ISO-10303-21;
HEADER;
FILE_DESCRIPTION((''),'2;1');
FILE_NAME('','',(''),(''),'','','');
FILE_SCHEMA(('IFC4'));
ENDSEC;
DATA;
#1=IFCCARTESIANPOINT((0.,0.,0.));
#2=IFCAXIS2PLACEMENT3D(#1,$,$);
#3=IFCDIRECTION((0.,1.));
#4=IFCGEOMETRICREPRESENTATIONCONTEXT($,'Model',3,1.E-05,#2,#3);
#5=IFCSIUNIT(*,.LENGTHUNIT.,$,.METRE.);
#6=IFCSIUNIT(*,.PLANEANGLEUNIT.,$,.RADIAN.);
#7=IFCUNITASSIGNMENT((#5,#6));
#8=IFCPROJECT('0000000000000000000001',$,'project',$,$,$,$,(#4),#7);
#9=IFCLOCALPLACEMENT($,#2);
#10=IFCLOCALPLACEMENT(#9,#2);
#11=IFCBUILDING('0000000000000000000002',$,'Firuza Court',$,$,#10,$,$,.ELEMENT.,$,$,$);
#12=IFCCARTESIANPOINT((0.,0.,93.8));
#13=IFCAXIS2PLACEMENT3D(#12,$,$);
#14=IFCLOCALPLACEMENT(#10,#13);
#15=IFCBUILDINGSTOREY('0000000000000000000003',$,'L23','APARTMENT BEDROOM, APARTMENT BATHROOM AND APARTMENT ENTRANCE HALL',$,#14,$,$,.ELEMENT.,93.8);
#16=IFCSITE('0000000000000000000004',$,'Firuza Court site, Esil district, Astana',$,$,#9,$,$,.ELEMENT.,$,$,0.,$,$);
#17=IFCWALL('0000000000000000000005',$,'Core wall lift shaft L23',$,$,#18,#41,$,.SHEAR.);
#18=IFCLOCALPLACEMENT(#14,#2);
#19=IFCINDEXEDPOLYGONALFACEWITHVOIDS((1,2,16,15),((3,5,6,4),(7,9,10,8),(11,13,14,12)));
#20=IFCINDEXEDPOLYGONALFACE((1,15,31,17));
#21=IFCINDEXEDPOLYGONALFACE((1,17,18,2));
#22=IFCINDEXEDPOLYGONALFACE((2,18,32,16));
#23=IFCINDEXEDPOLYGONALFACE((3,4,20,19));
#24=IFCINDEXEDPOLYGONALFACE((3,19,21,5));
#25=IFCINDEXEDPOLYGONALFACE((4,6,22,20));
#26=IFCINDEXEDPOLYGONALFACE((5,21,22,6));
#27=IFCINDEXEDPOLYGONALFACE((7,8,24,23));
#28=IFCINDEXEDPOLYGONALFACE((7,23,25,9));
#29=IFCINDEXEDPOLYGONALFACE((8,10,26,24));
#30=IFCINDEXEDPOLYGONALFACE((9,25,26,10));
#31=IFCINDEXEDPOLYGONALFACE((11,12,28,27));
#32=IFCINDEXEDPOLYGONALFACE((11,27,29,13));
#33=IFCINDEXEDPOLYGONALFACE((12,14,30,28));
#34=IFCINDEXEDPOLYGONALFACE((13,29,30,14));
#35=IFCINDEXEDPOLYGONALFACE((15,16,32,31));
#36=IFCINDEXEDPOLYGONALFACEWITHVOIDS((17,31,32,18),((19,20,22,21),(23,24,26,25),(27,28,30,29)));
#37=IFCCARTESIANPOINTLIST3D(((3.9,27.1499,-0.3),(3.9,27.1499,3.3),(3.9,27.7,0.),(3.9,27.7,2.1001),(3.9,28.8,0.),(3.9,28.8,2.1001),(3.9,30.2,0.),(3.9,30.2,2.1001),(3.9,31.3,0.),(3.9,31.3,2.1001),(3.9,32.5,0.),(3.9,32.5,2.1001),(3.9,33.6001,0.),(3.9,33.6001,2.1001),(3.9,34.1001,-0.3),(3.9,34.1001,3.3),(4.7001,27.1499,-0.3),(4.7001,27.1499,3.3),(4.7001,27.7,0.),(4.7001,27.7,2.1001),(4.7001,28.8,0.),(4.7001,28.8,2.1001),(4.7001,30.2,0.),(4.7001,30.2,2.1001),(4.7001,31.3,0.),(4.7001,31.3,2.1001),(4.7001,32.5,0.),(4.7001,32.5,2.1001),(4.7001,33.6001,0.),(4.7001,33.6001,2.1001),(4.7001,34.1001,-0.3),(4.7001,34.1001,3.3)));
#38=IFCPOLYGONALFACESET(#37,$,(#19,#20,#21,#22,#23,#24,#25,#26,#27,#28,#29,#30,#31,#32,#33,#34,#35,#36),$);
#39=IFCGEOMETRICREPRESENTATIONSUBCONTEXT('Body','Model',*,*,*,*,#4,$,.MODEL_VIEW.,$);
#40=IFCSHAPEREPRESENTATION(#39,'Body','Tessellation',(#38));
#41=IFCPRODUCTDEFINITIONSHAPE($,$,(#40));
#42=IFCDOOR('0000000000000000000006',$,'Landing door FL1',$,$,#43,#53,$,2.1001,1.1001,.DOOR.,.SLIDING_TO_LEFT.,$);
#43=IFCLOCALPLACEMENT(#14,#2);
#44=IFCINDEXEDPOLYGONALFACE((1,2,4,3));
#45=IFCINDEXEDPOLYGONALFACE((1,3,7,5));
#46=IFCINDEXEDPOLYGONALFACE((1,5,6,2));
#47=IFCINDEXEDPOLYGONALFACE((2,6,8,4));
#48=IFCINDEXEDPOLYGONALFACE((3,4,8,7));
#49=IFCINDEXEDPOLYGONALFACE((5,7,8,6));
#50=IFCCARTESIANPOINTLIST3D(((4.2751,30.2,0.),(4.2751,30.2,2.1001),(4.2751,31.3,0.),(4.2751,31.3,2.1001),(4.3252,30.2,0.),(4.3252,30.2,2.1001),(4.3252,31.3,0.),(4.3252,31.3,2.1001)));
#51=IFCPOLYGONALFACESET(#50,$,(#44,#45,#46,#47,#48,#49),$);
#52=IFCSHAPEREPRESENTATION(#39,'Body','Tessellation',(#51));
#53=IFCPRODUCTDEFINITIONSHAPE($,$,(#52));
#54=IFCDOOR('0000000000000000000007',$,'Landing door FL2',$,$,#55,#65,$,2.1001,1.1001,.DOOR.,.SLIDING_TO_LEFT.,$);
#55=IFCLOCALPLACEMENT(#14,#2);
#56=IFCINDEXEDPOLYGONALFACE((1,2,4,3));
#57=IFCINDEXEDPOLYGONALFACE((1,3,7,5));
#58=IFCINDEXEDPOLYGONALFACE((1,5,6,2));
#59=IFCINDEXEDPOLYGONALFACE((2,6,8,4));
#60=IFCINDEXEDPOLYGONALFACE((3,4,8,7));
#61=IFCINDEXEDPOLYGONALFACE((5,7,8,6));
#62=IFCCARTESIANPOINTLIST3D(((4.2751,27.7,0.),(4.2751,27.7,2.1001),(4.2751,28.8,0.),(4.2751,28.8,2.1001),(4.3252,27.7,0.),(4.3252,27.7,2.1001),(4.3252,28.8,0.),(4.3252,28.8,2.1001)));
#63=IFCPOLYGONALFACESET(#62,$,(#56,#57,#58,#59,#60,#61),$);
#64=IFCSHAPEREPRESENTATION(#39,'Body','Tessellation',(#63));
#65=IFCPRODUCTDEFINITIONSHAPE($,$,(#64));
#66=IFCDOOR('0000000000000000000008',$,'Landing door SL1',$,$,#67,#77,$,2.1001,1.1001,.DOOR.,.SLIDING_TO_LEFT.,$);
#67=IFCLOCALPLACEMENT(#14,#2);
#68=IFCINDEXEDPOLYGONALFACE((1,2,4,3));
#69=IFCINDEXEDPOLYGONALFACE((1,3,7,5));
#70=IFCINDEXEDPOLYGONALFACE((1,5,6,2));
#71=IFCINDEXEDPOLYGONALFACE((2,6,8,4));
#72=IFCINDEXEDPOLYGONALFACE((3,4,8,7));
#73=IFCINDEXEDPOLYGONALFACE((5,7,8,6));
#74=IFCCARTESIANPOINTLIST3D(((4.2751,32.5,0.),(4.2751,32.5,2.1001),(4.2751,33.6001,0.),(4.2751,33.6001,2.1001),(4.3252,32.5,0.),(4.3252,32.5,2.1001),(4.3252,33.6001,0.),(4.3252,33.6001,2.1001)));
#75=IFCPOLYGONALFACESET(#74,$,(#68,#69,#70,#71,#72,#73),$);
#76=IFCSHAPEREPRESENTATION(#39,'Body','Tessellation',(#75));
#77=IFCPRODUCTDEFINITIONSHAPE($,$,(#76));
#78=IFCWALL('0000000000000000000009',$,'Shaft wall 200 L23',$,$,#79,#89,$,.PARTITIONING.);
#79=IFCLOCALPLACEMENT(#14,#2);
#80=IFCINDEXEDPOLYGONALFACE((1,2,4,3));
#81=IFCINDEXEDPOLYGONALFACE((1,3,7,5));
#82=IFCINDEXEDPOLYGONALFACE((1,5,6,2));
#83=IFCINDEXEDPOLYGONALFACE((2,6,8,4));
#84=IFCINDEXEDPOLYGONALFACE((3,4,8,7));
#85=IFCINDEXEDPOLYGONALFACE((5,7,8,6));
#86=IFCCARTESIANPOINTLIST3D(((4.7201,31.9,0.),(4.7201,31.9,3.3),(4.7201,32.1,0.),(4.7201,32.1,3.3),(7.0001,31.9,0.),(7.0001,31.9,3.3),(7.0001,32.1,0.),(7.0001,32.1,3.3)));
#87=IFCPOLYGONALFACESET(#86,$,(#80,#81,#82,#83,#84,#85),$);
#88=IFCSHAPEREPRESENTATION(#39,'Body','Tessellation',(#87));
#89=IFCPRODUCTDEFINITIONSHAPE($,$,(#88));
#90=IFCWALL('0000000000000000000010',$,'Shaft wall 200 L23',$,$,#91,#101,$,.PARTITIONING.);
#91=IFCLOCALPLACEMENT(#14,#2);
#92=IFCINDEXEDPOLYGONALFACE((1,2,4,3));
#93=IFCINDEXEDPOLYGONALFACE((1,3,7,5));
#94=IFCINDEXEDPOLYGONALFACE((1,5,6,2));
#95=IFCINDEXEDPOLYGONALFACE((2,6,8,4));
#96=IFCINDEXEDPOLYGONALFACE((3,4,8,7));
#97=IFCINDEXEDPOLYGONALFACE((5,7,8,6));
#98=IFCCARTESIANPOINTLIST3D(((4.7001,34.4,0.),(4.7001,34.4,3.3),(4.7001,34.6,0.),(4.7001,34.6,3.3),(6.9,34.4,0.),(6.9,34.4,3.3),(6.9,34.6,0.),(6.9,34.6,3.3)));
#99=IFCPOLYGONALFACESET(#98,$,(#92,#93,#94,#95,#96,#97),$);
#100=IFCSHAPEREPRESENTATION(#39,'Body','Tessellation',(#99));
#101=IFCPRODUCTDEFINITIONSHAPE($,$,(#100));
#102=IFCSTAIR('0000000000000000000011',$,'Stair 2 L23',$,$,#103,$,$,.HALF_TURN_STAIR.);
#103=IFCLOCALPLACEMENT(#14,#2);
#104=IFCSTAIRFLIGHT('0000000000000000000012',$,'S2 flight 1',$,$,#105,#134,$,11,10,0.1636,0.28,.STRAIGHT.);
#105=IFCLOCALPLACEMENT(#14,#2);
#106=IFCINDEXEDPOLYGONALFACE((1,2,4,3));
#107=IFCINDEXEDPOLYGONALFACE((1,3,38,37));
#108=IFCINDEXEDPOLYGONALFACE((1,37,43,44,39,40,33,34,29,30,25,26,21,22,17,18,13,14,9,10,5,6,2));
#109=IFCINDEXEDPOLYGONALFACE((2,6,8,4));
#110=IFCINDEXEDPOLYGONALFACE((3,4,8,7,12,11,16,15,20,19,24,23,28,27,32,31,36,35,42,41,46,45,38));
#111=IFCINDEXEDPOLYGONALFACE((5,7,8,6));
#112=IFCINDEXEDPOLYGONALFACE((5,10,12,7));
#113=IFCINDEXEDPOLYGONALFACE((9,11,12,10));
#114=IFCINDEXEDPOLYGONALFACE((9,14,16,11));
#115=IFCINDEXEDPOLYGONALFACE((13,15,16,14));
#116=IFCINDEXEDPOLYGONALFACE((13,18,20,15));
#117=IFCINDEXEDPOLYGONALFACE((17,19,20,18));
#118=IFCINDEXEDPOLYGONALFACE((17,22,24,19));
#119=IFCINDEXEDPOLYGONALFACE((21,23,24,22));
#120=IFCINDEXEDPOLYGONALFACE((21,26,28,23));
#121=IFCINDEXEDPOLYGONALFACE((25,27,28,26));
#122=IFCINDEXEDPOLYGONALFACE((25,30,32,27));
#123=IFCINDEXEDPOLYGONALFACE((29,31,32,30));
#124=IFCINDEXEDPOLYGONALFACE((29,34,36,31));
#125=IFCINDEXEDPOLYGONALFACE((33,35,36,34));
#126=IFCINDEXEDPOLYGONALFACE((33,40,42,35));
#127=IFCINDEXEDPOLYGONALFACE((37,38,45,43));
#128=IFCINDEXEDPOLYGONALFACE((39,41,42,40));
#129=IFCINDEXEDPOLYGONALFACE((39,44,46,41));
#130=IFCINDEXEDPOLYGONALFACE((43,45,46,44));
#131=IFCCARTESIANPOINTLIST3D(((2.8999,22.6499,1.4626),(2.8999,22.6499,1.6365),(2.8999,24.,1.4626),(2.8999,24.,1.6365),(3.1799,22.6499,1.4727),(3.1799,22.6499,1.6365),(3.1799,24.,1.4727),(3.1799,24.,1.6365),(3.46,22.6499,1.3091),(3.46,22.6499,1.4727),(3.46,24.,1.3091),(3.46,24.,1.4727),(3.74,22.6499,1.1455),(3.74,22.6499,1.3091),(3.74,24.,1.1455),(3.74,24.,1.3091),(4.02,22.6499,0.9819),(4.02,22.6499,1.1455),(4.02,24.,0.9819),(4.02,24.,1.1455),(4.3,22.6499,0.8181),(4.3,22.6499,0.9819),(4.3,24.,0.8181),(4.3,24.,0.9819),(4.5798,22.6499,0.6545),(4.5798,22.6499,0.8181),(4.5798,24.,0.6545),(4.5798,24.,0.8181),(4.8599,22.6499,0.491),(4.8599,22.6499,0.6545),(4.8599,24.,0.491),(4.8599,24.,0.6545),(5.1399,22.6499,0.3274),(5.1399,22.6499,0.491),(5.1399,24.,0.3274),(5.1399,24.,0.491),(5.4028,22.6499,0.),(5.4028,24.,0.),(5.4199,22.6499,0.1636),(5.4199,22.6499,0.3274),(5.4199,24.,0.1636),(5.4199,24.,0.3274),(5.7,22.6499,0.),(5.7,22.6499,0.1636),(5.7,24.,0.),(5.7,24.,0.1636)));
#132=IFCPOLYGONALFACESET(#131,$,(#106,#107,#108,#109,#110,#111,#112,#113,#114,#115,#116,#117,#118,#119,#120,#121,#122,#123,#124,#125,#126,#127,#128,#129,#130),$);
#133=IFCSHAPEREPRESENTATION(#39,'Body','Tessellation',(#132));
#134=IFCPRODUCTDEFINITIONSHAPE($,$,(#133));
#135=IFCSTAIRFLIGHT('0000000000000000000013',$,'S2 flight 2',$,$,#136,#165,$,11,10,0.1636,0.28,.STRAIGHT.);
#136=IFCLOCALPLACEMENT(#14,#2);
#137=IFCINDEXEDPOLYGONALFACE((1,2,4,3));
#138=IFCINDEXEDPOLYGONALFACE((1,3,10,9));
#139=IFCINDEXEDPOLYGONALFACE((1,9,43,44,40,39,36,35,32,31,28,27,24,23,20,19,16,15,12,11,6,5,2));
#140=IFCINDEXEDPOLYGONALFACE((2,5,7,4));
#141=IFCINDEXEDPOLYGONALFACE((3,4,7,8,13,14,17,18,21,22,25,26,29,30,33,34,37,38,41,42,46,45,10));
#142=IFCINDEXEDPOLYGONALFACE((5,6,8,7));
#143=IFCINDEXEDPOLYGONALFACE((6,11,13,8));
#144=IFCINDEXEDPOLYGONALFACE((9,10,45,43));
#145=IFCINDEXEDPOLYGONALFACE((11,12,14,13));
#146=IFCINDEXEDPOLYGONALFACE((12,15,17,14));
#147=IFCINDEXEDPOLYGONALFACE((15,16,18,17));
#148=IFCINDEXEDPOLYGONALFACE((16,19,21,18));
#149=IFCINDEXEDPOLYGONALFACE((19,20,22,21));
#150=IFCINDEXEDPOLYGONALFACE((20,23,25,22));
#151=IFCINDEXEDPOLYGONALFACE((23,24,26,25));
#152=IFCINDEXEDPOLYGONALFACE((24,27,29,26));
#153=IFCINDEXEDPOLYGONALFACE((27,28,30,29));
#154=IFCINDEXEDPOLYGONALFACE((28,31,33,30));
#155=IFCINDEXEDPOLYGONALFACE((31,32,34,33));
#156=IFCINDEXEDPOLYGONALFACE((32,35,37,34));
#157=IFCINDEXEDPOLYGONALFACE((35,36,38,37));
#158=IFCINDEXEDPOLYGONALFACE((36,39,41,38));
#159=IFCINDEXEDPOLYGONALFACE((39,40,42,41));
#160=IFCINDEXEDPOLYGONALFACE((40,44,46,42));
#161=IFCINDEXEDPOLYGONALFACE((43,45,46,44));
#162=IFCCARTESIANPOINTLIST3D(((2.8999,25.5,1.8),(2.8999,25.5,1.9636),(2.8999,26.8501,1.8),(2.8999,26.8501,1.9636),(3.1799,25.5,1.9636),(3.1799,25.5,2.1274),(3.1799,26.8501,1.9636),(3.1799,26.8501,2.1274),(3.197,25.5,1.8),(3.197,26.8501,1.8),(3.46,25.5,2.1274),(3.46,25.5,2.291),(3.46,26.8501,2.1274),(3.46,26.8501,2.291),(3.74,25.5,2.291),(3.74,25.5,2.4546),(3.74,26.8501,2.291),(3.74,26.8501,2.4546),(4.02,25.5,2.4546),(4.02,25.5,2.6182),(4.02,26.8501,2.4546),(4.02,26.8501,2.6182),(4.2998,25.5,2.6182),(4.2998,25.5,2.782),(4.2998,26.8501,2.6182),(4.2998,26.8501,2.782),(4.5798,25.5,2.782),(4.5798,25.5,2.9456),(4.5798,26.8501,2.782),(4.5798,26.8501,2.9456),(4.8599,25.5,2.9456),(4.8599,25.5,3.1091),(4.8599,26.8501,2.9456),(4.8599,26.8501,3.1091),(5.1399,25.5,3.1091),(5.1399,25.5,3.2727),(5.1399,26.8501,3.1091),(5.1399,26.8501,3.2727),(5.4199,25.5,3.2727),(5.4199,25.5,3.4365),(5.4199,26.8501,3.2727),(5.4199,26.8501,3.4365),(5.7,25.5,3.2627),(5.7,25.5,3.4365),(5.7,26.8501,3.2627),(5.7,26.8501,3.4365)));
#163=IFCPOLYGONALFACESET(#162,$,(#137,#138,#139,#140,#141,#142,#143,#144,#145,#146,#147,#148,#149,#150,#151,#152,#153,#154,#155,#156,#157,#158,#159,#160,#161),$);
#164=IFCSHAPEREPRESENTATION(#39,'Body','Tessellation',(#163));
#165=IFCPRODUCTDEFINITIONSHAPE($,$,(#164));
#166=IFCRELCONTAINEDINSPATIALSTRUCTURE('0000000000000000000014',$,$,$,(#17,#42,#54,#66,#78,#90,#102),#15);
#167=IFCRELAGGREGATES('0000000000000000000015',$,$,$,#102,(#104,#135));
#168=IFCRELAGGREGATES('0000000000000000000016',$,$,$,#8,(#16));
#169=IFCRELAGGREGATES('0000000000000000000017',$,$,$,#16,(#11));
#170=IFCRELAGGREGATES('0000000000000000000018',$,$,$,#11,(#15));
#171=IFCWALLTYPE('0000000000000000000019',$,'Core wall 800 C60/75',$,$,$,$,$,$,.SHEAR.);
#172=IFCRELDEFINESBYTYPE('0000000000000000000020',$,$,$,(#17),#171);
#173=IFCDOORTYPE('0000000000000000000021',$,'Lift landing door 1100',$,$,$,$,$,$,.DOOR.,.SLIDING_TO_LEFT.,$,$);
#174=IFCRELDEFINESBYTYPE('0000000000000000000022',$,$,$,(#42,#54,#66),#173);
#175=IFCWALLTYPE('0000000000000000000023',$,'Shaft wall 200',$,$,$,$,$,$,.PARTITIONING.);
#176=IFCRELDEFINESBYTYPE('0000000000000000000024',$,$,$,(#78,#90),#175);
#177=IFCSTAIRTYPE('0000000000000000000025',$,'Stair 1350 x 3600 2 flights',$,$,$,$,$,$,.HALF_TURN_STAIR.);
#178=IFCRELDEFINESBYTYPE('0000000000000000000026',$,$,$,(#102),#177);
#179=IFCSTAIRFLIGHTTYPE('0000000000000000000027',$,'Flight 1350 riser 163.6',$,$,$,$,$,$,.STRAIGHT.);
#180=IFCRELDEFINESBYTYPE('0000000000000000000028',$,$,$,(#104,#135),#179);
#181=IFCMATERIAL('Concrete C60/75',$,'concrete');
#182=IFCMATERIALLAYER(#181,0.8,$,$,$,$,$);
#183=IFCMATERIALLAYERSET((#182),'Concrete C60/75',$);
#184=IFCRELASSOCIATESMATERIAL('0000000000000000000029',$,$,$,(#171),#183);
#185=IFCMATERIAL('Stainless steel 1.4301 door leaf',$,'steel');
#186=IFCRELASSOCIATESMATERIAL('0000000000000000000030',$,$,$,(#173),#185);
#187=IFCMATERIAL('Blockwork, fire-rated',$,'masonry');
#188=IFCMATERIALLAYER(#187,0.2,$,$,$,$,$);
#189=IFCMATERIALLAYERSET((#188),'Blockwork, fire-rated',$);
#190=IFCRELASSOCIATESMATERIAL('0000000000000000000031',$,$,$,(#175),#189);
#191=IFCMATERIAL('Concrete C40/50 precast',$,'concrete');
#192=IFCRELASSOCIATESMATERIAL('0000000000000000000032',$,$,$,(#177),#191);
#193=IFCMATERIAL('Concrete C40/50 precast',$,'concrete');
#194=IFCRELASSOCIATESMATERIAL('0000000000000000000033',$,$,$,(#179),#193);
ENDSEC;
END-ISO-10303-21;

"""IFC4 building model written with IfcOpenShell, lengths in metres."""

from ifc_helpers import new_model, si_unit, direction, frame, frame_2d, origin, place, context, subcontext, project, spatial, polyline, rectangle, outline, extrude, material, layer, layer_set, type_object, element, fill, aggregate, save


model = new_model("IFC4")

# Units and contexts
model_context = context("Model", 3, precision=1e-05, world=origin(), true_north=direction((0.0, 1.0)))
body_context = subcontext(model_context, "Body", "Model", "MODEL_VIEW")
ifc_project = project(units=[si_unit("LENGTHUNIT", "METRE"), si_unit("PLANEANGLEUNIT", "RADIAN")], contexts=[model_context])

# Site, building, storey
site_placement = place(None, origin())
site = spatial("IfcSite", under=ifc_project, at=site_placement, Name="Firuza Court site, Esil district, Astana", CompositionType="ELEMENT", RefElevation=0.0)
building_placement = place(site_placement, origin())
building = spatial("IfcBuilding", under=site, at=building_placement, Name="Firuza Court", CompositionType="ELEMENT")
storey_placement = place(building_placement, frame((0.0, 0.0, 93.8)))
storey = spatial("IfcBuildingStorey", under=building, at=storey_placement, Name="L23", Description="APARTMENT BEDROOM, APARTMENT BATHROOM AND APARTMENT ENTRANCE HALL", CompositionType="ELEMENT", Elevation=93.8)

# Shared definitions
ifc_material_1 = material(Name="Concrete C60/75", Category="concrete")

# Shared definitions
ifc_layer_1 = layer(ifc_material_1, 0.8)
ifc_layer_set_1 = layer_set([ifc_layer_1], Name="Concrete C60/75")
wall_type_1 = type_object("IfcWallType", Name="Core wall 800 C60/75", PredefinedType="SHEAR", material=ifc_layer_set_1)

# Wall, openings, doors
wall_1_placement = place(storey_placement, frame((4.3, 27.1499, -0.3), z_axis=(0.0, 0.0, 1.0), x_axis=(0.0, 1.0, 0.0)))
wall_1 = element("IfcWall", 1, at=wall_1_placement, inside=storey, type_object=wall_type_1, Name="Core wall lift shaft L23", PredefinedType="SHEAR", context=body_context, shape_type="SweptSolid", body=[
    extrude(rectangle(XDim=6.9502, YDim=0.8, at=frame_2d((3.4751, 0.0))), origin(), (0.0, 0.0, 1.0), 3.6001),
])
opening_1_placement = place(wall_1_placement, frame((3.05, 0.0, 0.3)))
opening_1 = element("IfcOpeningElement", 2, at=opening_1_placement, cuts=wall_1, PredefinedType="OPENING", context=body_context, shape_type="SweptSolid", body=[
    extrude(rectangle(XDim=1.1001, YDim=2.1001, at=frame_2d((0.55, 1.05))), frame((0.0, 0.4121, 0.0), z_axis=(0.0, -1.0, 0.0), x_axis=(1.0, 0.0, 0.0)), (0.0, 0.0, 1.0), 0.824),
])
opening_2_placement = place(wall_1_placement, frame((0.55, 0.0, 0.3)))
opening_2 = element("IfcOpeningElement", 3, at=opening_2_placement, cuts=wall_1, PredefinedType="OPENING", context=body_context, shape_type="SweptSolid", body=[
    extrude(rectangle(XDim=1.1001, YDim=2.1001, at=frame_2d((0.55, 1.05))), frame((0.0, 0.4121, 0.0), z_axis=(0.0, -1.0, 0.0), x_axis=(1.0, 0.0, 0.0)), (0.0, 0.0, 1.0), 0.824),
])
opening_3_placement = place(wall_1_placement, frame((5.3501, 0.0, 0.3)))
opening_3 = element("IfcOpeningElement", 4, at=opening_3_placement, cuts=wall_1, PredefinedType="OPENING", context=body_context, shape_type="SweptSolid", body=[
    extrude(rectangle(XDim=1.1001, YDim=2.1001, at=frame_2d((0.55, 1.05))), frame((0.0, 0.4121, 0.0), z_axis=(0.0, -1.0, 0.0), x_axis=(1.0, 0.0, 0.0)), (0.0, 0.0, 1.0), 0.824),
])
ifc_material_2 = material(Name="Stainless steel 1.4301 door leaf", Category="steel")
door_type_1 = type_object("IfcDoorType", Name="Lift landing door 1100", OperationType="SLIDING_TO_LEFT", PredefinedType="DOOR", material=ifc_material_2)
door_1_placement = place(opening_1_placement, origin())
door_1 = element("IfcDoor", 5, at=door_1_placement, inside=storey, type_object=door_type_1, Name="Landing door FL1", OperationType="SLIDING_TO_LEFT", OverallHeight=2.1001, OverallWidth=1.1001, PredefinedType="DOOR", context=body_context, shape_type="SweptSolid", body=[
    extrude(rectangle(XDim=1.1001, YDim=2.1001, at=frame_2d((0.55, 1.05))), frame((0.0, 0.0249, 0.0), z_axis=(0.0, -1.0, 0.0), x_axis=(1.0, 0.0, 0.0)), (0.0, 0.0, 1.0), 0.05),
])
fill(opening_1, door_1)
door_2_placement = place(opening_2_placement, origin())
door_2 = element("IfcDoor", 6, at=door_2_placement, inside=storey, type_object=door_type_1, Name="Landing door FL2", OperationType="SLIDING_TO_LEFT", OverallHeight=2.1001, OverallWidth=1.1001, PredefinedType="DOOR", context=body_context, shape_type="SweptSolid", body=[
    extrude(rectangle(XDim=1.1001, YDim=2.1001, at=frame_2d((0.55, 1.05))), frame((0.0, 0.0249, 0.0), z_axis=(0.0, -1.0, 0.0), x_axis=(1.0, 0.0, 0.0)), (0.0, 0.0, 1.0), 0.05),
])
fill(opening_2, door_2)
door_3_placement = place(opening_3_placement, origin())
door_3 = element("IfcDoor", 7, at=door_3_placement, inside=storey, type_object=door_type_1, Name="Landing door SL1", OperationType="SLIDING_TO_LEFT", OverallHeight=2.1001, OverallWidth=1.1001, PredefinedType="DOOR", context=body_context, shape_type="SweptSolid", body=[
    extrude(rectangle(XDim=1.1001, YDim=2.1001, at=frame_2d((0.55, 1.05))), frame((0.0, 0.0249, 0.0), z_axis=(0.0, -1.0, 0.0), x_axis=(1.0, 0.0, 0.0)), (0.0, 0.0, 1.0), 0.05),
])
fill(opening_3, door_3)

# Walls
ifc_material_3 = material(Name="Blockwork, fire-rated", Category="masonry")
ifc_layer_2 = layer(ifc_material_3, 0.2)
ifc_layer_set_2 = layer_set([ifc_layer_2], Name="Blockwork, fire-rated")
wall_type_2 = type_object("IfcWallType", Name="Shaft wall 200", PredefinedType="PARTITIONING", material=ifc_layer_set_2)
wall_2_placement = place(storey_placement, frame((4.72, 32.0, 0.0), z_axis=(0.0, 0.0, 1.0), x_axis=(1.0, 0.0, 0.0)))
element("IfcWall", 8, at=wall_2_placement, inside=storey, type_object=wall_type_2, Name="Shaft wall 200 L23", PredefinedType="PARTITIONING", context=body_context, shape_type="SweptSolid", body=[
    extrude(rectangle(XDim=2.28, YDim=0.2, at=frame_2d((1.1401, 0.0))), origin(), (0.0, 0.0, 1.0), 3.3),
])
wall_3_placement = place(storey_placement, frame((4.7, 34.5, 0.0), z_axis=(0.0, 0.0, 1.0), x_axis=(1.0, 0.0, 0.0)))
element("IfcWall", 9, at=wall_3_placement, inside=storey, type_object=wall_type_2, Name="Shaft wall 200 L23", PredefinedType="PARTITIONING", context=body_context, shape_type="SweptSolid", body=[
    extrude(rectangle(XDim=2.2, YDim=0.2, at=frame_2d((1.1001, 0.0))), origin(), (0.0, 0.0, 1.0), 3.3),
])

# Stair, stair flights
ifc_material_4 = material(Name="Concrete C40/50 precast", Category="concrete")
stair_type = type_object("IfcStairType", Name="Stair 1350 x 3600 2 flights", PredefinedType="HALF_TURN_STAIR", material=ifc_material_4)
stair_placement = place(storey_placement, origin())
stair = element("IfcStair", 10, at=stair_placement, inside=storey, type_object=stair_type, Name="Stair 2 L23", PredefinedType="HALF_TURN_STAIR")
ifc_material_5 = material(Name="Concrete C40/50 precast", Category="concrete")
stair_flight_type = type_object("IfcStairFlightType", Name="Flight 1350 riser 163.6", PredefinedType="STRAIGHT", material=ifc_material_5)
stair_flight_1_placement = place(storey_placement, frame((5.7, 23.325, 0.0), z_axis=(0.0, 0.0, 1.0), x_axis=(-1.0, 0.0, 0.0)))
stair_flight_1 = element("IfcStairFlight", 11, at=stair_flight_1_placement, type_object=stair_flight_type, Name="S2 flight 1", NumberOfRisers=11, NumberOfTreads=10, PredefinedType="STRAIGHT", RiserHeight=0.1636, TreadLength=0.28, context=body_context, shape_type="SweptSolid", body=[
    extrude(outline(polyline([(0.0, 0.0), (0.0, 0.1636), (0.28, 0.1636), (0.28, 0.3274), (0.5601, 0.3274), (0.5601, 0.491), (0.8401, 0.491), (0.8401, 0.6545), (1.1201, 0.6545), (1.1201, 0.8181), (1.3999, 0.8181), (1.3999, 0.9819), (1.6799, 0.9819), (1.6799, 1.1455), (1.96, 1.1455), (1.96, 1.3091), (2.24, 1.3091), (2.24, 1.4727), (2.52, 1.4727), (2.52, 1.6365), (2.8, 1.6365), (2.8, 1.8), (2.8, 1.4626), (0.2971, 0.0), (0.0, 0.0)])), frame((0.0, 0.675, 0.0), z_axis=(0.0, -1.0, 0.0), x_axis=(1.0, 0.0, 0.0)), (0.0, 0.0, 1.0), 1.3501),
])
stair_flight_2_placement = place(storey_placement, frame((2.8999, 26.175, 1.8), z_axis=(0.0, 0.0, 1.0), x_axis=(1.0, 0.0, 0.0)))
stair_flight_2 = element("IfcStairFlight", 12, at=stair_flight_2_placement, type_object=stair_flight_type, Name="S2 flight 2", NumberOfRisers=11, NumberOfTreads=10, PredefinedType="STRAIGHT", RiserHeight=0.1636, TreadLength=0.28, context=body_context, shape_type="SweptSolid", body=[
    extrude(outline(polyline([(0.0, 0.0), (0.0, 0.1636), (0.28, 0.1636), (0.28, 0.3274), (0.5601, 0.3274), (0.5601, 0.491), (0.8401, 0.491), (0.8401, 0.6545), (1.1201, 0.6545), (1.1201, 0.8181), (1.3999, 0.8181), (1.3999, 0.9819), (1.6799, 0.9819), (1.6799, 1.1455), (1.96, 1.1455), (1.96, 1.3091), (2.24, 1.3091), (2.24, 1.4727), (2.52, 1.4727), (2.52, 1.6365), (2.8, 1.6365), (2.8, 1.8), (2.8, 1.4626), (0.2971, 0.0), (0.0, 0.0)])), frame((0.0, 0.675, 0.0), z_axis=(0.0, -1.0, 0.0), x_axis=(1.0, 0.0, 0.0)), (0.0, 0.0, 1.0), 1.3501),
])
aggregate(stair, [stair_flight_1, stair_flight_2])

save(model, "model.ifc")
